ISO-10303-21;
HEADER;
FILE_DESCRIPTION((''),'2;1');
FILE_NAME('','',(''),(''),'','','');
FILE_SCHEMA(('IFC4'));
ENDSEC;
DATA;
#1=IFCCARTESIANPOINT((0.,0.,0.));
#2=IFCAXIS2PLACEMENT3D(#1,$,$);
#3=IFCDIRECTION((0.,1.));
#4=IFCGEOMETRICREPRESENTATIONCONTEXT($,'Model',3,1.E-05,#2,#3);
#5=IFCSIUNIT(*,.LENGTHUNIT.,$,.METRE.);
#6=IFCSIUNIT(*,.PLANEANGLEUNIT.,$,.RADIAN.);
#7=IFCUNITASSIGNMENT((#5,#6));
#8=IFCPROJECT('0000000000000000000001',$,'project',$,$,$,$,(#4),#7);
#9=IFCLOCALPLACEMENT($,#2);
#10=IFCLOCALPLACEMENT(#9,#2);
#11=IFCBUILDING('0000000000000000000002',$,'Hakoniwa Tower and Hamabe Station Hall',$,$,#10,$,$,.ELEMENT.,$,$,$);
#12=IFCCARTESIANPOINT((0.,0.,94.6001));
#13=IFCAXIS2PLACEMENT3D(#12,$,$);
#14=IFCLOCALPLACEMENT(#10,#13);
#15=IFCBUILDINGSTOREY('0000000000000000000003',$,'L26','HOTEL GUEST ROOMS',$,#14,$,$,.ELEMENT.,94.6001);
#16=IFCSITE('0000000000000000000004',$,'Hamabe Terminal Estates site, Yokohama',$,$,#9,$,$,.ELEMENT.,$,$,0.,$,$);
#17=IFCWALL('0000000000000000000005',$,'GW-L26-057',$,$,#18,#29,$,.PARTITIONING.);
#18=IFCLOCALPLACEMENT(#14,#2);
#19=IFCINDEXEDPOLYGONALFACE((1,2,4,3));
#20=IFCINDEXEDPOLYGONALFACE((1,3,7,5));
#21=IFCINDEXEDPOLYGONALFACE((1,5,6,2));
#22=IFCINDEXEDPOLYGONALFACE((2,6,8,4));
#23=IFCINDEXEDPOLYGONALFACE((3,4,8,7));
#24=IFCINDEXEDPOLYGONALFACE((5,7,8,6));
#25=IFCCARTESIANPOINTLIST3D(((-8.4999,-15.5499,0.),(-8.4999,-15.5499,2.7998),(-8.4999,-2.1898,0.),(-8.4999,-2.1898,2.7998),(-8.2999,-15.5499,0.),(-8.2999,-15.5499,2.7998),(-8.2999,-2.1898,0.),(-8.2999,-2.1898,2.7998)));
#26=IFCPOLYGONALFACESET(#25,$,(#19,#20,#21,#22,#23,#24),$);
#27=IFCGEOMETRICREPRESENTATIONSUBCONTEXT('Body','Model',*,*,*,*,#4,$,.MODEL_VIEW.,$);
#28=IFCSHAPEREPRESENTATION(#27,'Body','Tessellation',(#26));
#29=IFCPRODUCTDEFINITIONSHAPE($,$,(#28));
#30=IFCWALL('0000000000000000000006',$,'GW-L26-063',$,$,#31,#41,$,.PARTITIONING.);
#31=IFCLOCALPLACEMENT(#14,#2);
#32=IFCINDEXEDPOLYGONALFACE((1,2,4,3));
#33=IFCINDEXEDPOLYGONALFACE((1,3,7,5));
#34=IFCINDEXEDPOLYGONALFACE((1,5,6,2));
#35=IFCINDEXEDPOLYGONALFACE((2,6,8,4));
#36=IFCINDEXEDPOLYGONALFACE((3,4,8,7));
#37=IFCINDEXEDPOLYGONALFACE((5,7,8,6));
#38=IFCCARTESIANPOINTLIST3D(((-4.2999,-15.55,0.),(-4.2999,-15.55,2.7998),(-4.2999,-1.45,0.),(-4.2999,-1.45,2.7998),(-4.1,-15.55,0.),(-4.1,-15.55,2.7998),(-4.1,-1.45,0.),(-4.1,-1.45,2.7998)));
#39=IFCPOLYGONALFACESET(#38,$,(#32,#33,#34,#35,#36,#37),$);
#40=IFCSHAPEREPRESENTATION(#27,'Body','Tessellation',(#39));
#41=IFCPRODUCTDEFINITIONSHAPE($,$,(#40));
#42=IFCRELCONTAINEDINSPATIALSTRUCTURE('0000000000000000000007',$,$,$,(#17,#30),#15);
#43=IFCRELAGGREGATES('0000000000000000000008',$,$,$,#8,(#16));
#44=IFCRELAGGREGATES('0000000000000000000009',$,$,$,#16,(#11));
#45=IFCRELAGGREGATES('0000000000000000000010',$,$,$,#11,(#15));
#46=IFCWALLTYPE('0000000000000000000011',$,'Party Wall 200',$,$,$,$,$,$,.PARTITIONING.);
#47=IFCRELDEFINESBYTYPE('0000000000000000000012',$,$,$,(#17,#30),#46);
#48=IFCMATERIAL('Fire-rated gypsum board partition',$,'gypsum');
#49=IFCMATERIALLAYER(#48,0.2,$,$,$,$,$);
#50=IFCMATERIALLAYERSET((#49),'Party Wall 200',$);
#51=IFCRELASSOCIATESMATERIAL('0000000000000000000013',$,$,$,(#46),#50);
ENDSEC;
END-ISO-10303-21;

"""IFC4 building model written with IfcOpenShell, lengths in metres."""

from ifc_helpers import new_model, si_unit, direction, frame, frame_2d, origin, place, context, subcontext, project, spatial, rectangle, extrude, material, layer, layer_set, type_object, element, save


model = new_model("IFC4")

# Units and contexts
model_context = context("Model", 3, precision=1e-05, world=origin(), true_north=direction((0.0, 1.0)))
body_context = subcontext(model_context, "Body", "Model", "MODEL_VIEW")
ifc_project = project(units=[si_unit("LENGTHUNIT", "METRE"), si_unit("PLANEANGLEUNIT", "RADIAN")], contexts=[model_context])

# Site, building, storey
site_placement = place(None, origin())
site = spatial("IfcSite", under=ifc_project, at=site_placement, Name="Hamabe Terminal Estates site, Yokohama", CompositionType="ELEMENT", RefElevation=0.0)
building_placement = place(site_placement, origin())
building = spatial("IfcBuilding", under=site, at=building_placement, Name="Hakoniwa Tower and Hamabe Station Hall", CompositionType="ELEMENT")
storey_placement = place(building_placement, frame((0.0, 0.0, 94.6001)))
storey = spatial("IfcBuildingStorey", under=building, at=storey_placement, Name="L26", Description="HOTEL GUEST ROOMS", CompositionType="ELEMENT", Elevation=94.6001)

# Walls
ifc_material_1 = material(Name="Fire-rated gypsum board partition", Category="gypsum")
ifc_layer_1 = layer(ifc_material_1, 0.2)
ifc_layer_set_1 = layer_set([ifc_layer_1], Name="Party Wall 200")
wall_type_1 = type_object("IfcWallType", Name="Party Wall 200", PredefinedType="PARTITIONING", material=ifc_layer_set_1)
wall_1_placement = place(storey_placement, frame((-8.3999, -15.55, 0.0), z_axis=(0.0, 0.0, 1.0), x_axis=(0.0, 1.0, 0.0)))
element("IfcWall", 1, at=wall_1_placement, inside=storey, type_object=wall_type_1, Name="GW-L26-057", PredefinedType="PARTITIONING", context=body_context, shape_type="SweptSolid", body=[
    extrude(rectangle(XDim=13.3601, YDim=0.2, at=frame_2d((6.6802, 0.0))), origin(), (0.0, 0.0, 1.0), 2.7998),
])
wall_2_placement = place(storey_placement, frame((-4.2, -15.55, 0.0), z_axis=(0.0, 0.0, 1.0), x_axis=(0.0, 1.0, 0.0)))
element("IfcWall", 2, at=wall_2_placement, inside=storey, type_object=wall_type_1, Name="GW-L26-063", PredefinedType="PARTITIONING", context=body_context, shape_type="SweptSolid", body=[
    extrude(rectangle(XDim=14.1001, YDim=0.2, at=frame_2d((7.05, 0.0))), origin(), (0.0, 0.0, 1.0), 2.7998),
])

save(model, "model.ifc")
